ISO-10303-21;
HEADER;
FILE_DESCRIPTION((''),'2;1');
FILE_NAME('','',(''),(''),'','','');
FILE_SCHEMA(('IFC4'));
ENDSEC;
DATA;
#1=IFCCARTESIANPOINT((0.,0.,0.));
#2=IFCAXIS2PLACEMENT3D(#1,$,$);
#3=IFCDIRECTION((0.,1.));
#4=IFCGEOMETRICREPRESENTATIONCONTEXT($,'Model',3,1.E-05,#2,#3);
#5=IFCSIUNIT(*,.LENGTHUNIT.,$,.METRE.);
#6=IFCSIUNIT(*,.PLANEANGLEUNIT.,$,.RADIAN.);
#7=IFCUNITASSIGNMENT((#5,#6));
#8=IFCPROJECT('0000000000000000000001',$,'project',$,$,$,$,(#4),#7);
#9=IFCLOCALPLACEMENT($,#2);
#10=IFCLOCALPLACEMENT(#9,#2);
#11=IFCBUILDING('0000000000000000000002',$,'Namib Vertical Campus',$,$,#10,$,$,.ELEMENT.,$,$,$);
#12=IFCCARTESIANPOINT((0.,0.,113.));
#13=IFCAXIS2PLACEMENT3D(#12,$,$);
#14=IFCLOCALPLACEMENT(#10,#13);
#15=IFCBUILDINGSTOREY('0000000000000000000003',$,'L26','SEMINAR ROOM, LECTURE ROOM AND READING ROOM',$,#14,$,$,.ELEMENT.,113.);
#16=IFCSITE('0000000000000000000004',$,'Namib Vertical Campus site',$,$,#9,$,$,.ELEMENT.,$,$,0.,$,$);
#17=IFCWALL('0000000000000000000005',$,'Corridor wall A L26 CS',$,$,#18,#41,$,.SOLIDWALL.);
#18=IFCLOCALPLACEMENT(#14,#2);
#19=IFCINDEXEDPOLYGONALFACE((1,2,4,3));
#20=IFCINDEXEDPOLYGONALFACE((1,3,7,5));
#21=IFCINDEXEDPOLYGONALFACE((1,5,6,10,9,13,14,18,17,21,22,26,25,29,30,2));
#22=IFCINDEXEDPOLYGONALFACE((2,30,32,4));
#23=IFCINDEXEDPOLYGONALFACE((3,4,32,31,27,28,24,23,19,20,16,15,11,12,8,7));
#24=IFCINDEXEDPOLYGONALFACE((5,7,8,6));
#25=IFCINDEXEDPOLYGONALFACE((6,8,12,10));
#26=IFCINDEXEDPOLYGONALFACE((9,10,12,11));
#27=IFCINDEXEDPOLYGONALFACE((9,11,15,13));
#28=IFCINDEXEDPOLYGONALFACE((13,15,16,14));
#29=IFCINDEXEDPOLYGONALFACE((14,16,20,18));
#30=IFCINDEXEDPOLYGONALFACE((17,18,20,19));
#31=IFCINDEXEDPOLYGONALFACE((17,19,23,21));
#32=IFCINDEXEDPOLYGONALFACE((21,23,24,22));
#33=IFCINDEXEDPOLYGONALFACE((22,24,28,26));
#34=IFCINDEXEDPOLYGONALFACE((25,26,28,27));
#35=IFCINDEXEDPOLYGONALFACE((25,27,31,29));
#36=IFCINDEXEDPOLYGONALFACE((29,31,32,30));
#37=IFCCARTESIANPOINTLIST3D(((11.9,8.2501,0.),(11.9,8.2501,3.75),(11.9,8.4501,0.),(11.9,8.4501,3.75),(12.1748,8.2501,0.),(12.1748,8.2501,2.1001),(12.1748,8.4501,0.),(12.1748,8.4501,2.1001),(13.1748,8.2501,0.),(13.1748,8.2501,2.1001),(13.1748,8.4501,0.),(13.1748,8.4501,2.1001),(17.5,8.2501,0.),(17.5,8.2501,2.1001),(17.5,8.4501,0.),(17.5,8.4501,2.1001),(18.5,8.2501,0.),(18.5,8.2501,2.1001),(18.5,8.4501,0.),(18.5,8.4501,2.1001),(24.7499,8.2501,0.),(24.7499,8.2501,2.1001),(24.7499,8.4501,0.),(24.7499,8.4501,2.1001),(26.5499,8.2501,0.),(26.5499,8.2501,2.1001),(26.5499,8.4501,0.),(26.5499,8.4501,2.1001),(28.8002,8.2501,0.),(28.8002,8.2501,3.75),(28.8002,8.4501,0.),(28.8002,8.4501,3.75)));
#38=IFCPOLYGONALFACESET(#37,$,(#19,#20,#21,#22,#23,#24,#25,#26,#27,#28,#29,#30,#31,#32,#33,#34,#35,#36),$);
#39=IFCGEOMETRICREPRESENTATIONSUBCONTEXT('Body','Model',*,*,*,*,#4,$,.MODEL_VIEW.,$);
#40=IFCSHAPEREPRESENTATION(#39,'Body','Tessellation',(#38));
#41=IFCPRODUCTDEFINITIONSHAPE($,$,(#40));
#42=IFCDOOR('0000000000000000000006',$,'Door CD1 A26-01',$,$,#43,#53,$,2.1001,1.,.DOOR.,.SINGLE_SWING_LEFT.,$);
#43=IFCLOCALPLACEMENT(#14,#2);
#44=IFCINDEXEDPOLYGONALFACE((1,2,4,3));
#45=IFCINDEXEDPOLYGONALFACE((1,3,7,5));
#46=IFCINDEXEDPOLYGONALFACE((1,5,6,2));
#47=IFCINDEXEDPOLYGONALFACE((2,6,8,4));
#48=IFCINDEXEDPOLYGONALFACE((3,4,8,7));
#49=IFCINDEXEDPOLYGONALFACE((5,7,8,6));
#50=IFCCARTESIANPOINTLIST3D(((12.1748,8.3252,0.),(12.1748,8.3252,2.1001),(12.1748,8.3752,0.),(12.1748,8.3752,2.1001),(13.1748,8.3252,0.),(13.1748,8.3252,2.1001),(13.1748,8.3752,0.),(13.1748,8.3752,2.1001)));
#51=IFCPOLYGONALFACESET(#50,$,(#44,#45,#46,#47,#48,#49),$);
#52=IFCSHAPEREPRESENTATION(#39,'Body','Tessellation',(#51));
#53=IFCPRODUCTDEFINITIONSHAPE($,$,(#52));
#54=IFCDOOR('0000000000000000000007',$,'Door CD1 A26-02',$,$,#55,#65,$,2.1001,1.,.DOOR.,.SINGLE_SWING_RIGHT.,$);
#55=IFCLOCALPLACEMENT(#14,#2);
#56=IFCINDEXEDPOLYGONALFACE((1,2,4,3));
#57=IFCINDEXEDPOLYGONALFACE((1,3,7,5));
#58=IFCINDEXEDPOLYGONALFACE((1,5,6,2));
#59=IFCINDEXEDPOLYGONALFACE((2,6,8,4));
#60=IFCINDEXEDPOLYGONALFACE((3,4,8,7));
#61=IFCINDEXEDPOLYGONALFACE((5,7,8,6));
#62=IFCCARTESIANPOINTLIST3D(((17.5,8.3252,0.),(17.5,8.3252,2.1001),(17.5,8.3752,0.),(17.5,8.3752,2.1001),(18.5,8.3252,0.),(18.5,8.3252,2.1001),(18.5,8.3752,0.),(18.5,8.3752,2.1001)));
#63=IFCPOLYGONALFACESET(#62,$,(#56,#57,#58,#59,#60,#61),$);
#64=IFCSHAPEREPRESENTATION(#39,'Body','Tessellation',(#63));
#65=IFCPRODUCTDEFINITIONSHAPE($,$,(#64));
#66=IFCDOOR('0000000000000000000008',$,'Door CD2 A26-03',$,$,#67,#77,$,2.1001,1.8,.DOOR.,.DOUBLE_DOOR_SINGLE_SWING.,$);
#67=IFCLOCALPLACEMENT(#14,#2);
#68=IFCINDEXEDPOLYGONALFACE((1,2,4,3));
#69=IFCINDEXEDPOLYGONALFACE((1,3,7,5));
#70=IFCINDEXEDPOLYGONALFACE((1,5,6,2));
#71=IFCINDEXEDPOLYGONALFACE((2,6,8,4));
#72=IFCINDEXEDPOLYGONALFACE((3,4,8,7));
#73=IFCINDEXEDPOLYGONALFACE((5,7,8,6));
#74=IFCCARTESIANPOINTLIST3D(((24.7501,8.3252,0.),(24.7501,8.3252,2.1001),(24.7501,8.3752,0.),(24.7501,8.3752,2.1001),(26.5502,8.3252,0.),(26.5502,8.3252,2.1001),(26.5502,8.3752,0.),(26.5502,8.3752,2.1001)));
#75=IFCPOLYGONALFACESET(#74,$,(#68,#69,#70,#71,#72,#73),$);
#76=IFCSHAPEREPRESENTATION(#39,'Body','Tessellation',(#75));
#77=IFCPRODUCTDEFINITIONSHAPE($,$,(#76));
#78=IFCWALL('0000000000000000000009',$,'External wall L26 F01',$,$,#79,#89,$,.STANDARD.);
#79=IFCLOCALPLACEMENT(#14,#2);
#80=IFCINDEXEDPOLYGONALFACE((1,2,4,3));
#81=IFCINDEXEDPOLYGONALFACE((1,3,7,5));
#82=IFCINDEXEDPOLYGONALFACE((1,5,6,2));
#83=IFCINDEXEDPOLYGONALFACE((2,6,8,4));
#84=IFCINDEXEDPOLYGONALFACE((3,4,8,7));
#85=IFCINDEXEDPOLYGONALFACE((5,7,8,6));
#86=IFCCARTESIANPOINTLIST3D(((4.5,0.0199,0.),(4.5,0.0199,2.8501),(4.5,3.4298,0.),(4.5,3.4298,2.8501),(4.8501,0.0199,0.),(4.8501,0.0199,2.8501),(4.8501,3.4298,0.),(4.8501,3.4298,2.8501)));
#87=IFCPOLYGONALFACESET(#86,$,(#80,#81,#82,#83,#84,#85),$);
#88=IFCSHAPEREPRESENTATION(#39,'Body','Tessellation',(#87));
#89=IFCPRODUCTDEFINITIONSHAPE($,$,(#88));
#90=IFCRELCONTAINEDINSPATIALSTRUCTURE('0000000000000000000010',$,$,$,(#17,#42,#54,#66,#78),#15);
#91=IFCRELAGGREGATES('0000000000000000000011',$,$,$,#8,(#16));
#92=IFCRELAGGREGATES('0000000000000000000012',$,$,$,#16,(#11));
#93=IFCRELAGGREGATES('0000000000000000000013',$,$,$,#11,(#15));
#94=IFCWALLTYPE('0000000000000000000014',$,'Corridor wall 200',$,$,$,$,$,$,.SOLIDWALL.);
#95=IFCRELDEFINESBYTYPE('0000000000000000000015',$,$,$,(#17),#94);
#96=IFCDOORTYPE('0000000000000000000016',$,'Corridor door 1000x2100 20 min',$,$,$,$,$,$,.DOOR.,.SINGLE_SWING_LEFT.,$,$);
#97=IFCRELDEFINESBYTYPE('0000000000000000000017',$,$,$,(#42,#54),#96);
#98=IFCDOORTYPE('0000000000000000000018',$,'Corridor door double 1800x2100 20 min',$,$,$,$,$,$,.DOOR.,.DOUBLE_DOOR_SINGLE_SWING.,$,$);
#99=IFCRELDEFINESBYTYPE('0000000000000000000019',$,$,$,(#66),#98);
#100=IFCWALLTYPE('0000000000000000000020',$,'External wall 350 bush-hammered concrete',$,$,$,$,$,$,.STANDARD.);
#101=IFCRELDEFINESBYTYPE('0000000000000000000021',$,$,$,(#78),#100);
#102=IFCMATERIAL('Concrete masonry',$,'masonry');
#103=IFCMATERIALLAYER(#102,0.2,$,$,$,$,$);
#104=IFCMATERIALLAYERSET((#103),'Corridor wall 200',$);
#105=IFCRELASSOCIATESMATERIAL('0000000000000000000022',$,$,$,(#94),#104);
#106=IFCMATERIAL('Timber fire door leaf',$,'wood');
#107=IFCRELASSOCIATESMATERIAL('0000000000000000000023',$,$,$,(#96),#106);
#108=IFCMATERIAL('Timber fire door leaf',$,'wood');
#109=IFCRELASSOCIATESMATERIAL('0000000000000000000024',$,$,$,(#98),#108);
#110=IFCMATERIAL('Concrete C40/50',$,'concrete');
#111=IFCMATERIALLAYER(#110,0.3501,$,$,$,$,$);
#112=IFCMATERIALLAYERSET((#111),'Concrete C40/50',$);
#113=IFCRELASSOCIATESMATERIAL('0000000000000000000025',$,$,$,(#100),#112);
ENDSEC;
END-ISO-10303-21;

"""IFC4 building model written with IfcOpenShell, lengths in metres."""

from ifc_helpers import new_model, si_unit, direction, frame, frame_2d, origin, place, context, subcontext, project, spatial, rectangle, extrude, material, layer, layer_set, type_object, element, fill, save


model = new_model("IFC4")

# Units and contexts
model_context = context("Model", 3, precision=1e-05, world=origin(), true_north=direction((0.0, 1.0)))
body_context = subcontext(model_context, "Body", "Model", "MODEL_VIEW")
ifc_project = project(units=[si_unit("LENGTHUNIT", "METRE"), si_unit("PLANEANGLEUNIT", "RADIAN")], contexts=[model_context])

# Site, building, storey
site_placement = place(None, origin())
site = spatial("IfcSite", under=ifc_project, at=site_placement, Name="Namib Vertical Campus site", CompositionType="ELEMENT", RefElevation=0.0)
building_placement = place(site_placement, origin())
building = spatial("IfcBuilding", under=site, at=building_placement, Name="Namib Vertical Campus", CompositionType="ELEMENT")
storey_placement = place(building_placement, frame((0.0, 0.0, 113.0)))
storey = spatial("IfcBuildingStorey", under=building, at=storey_placement, Name="L26", Description="SEMINAR ROOM, LECTURE ROOM AND READING ROOM", CompositionType="ELEMENT", Elevation=113.0)

# Wall, openings, doors
ifc_material_1 = material(Name="Concrete masonry", Category="masonry")
ifc_layer_1 = layer(ifc_material_1, 0.2)
ifc_layer_set_1 = layer_set([ifc_layer_1], Name="Corridor wall 200")
wall_type_1 = type_object("IfcWallType", Name="Corridor wall 200", PredefinedType="SOLIDWALL", material=ifc_layer_set_1)
wall_1_placement = place(storey_placement, frame((11.8999, 8.3501, 0.0), z_axis=(0.0, 0.0, 1.0), x_axis=(1.0, 0.0, 0.0)))
wall_1 = element("IfcWall", 1, at=wall_1_placement, inside=storey, type_object=wall_type_1, Name="Corridor wall A L26 CS", PredefinedType="SOLIDWALL", context=body_context, shape_type="SweptSolid", body=[
    extrude(rectangle(XDim=16.9001, YDim=0.2, at=frame_2d((8.4502, 0.0))), origin(), (0.0, 0.0, 1.0), 3.75),
])
opening_1_placement = place(wall_1_placement, frame((0.2749, 0.0, 0.0)))
opening_1 = element("IfcOpeningElement", 2, at=opening_1_placement, cuts=wall_1, PredefinedType="OPENING", context=body_context, shape_type="SweptSolid", body=[
    extrude(rectangle(XDim=1.0, YDim=2.1001, at=frame_2d((0.5, 1.05))), frame((0.0, 0.1099, 0.0), z_axis=(0.0, -1.0, 0.0), x_axis=(1.0, 0.0, 0.0)), (0.0, 0.0, 1.0), 0.22),
])
opening_2_placement = place(wall_1_placement, frame((5.6001, 0.0, 0.0)))
opening_2 = element("IfcOpeningElement", 3, at=opening_2_placement, cuts=wall_1, PredefinedType="OPENING", context=body_context, shape_type="SweptSolid", body=[
    extrude(rectangle(XDim=1.0, YDim=2.1001, at=frame_2d((0.5, 1.05))), frame((0.0, 0.1099, 0.0), z_axis=(0.0, -1.0, 0.0), x_axis=(1.0, 0.0, 0.0)), (0.0, 0.0, 1.0), 0.22),
])
opening_3_placement = place(wall_1_placement, frame((12.8501, 0.0, 0.0)))
opening_3 = element("IfcOpeningElement", 4, at=opening_3_placement, cuts=wall_1, PredefinedType="OPENING", context=body_context, shape_type="SweptSolid", body=[
    extrude(rectangle(XDim=1.8, YDim=2.1001, at=frame_2d((0.8999, 1.05))), frame((0.0, 0.1099, 0.0), z_axis=(0.0, -1.0, 0.0), x_axis=(1.0, 0.0, 0.0)), (0.0, 0.0, 1.0), 0.22),
])
ifc_material_2 = material(Name="Timber fire door leaf", Category="wood")
door_type_1 = type_object("IfcDoorType", Name="Corridor door 1000x2100 20 min", OperationType="SINGLE_SWING_LEFT", PredefinedType="DOOR", material=ifc_material_2)
door_1_placement = place(opening_1_placement, frame((1.0, 0.0, 0.0), z_axis=(0.0, 0.0, 1.0), x_axis=(-1.0, 0.0, 0.0)))
door_1 = element("IfcDoor", 5, at=door_1_placement, inside=storey, type_object=door_type_1, Name="Door CD1 A26-01", OperationType="SINGLE_SWING_LEFT", OverallHeight=2.1001, OverallWidth=1.0, PredefinedType="DOOR", context=body_context, shape_type="SweptSolid", body=[
    extrude(rectangle(XDim=1.0, YDim=2.1001, at=frame_2d((0.5, 1.05))), frame((0.0, 0.0249, 0.0), z_axis=(0.0, -1.0, 0.0), x_axis=(1.0, 0.0, 0.0)), (0.0, 0.0, 1.0), 0.05),
])
fill(opening_1, door_1)
door_2_placement = place(opening_2_placement, frame((1.0, 0.0, 0.0), z_axis=(0.0, 0.0, 1.0), x_axis=(-1.0, 0.0, 0.0)))
door_2 = element("IfcDoor", 6, at=door_2_placement, inside=storey, type_object=door_type_1, Name="Door CD1 A26-02", OperationType="SINGLE_SWING_RIGHT", OverallHeight=2.1001, OverallWidth=1.0, PredefinedType="DOOR", context=body_context, shape_type="SweptSolid", body=[
    extrude(rectangle(XDim=1.0, YDim=2.1001, at=frame_2d((0.5, 1.05))), frame((0.0, 0.0249, 0.0), z_axis=(0.0, -1.0, 0.0), x_axis=(1.0, 0.0, 0.0)), (0.0, 0.0, 1.0), 0.05),
])
fill(opening_2, door_2)
ifc_material_3 = material(Name="Timber fire door leaf", Category="wood")
door_type_2 = type_object("IfcDoorType", Name="Corridor door double 1800x2100 20 min", OperationType="DOUBLE_DOOR_SINGLE_SWING", PredefinedType="DOOR", material=ifc_material_3)
door_3_placement = place(opening_3_placement, frame((1.8, 0.0, 0.0), z_axis=(0.0, 0.0, 1.0), x_axis=(-1.0, 0.0, 0.0)))
door_3 = element("IfcDoor", 7, at=door_3_placement, inside=storey, type_object=door_type_2, Name="Door CD2 A26-03", OperationType="DOUBLE_DOOR_SINGLE_SWING", OverallHeight=2.1001, OverallWidth=1.8, PredefinedType="DOOR", context=body_context, shape_type="SweptSolid", body=[
    extrude(rectangle(XDim=1.8, YDim=2.1001, at=frame_2d((0.8999, 1.05))), frame((0.0, 0.0249, 0.0), z_axis=(0.0, -1.0, 0.0), x_axis=(1.0, 0.0, 0.0)), (0.0, 0.0, 1.0), 0.05),
])
fill(opening_3, door_3)

# Wall
ifc_material_4 = material(Name="Concrete C40/50", Category="concrete")
ifc_layer_2 = layer(ifc_material_4, 0.3501)
ifc_layer_set_2 = layer_set([ifc_layer_2], Name="Concrete C40/50")
wall_type_2 = type_object("IfcWallType", Name="External wall 350 bush-hammered concrete", PredefinedType="STANDARD", material=ifc_layer_set_2)
wall_2_placement = place(storey_placement, frame((4.675, 3.4299, 0.0), z_axis=(0.0, 0.0, 1.0), x_axis=(0.0, -1.0, 0.0)))
element("IfcWall", 8, at=wall_2_placement, inside=storey, type_object=wall_type_2, Name="External wall L26 F01", PredefinedType="STANDARD", context=body_context, shape_type="SweptSolid", body=[
    extrude(rectangle(XDim=3.4099, YDim=0.3501, at=frame_2d((1.7051, 0.0))), origin(), (0.0, 0.0, 1.0), 2.8501),
])

save(model, "model.ifc")
